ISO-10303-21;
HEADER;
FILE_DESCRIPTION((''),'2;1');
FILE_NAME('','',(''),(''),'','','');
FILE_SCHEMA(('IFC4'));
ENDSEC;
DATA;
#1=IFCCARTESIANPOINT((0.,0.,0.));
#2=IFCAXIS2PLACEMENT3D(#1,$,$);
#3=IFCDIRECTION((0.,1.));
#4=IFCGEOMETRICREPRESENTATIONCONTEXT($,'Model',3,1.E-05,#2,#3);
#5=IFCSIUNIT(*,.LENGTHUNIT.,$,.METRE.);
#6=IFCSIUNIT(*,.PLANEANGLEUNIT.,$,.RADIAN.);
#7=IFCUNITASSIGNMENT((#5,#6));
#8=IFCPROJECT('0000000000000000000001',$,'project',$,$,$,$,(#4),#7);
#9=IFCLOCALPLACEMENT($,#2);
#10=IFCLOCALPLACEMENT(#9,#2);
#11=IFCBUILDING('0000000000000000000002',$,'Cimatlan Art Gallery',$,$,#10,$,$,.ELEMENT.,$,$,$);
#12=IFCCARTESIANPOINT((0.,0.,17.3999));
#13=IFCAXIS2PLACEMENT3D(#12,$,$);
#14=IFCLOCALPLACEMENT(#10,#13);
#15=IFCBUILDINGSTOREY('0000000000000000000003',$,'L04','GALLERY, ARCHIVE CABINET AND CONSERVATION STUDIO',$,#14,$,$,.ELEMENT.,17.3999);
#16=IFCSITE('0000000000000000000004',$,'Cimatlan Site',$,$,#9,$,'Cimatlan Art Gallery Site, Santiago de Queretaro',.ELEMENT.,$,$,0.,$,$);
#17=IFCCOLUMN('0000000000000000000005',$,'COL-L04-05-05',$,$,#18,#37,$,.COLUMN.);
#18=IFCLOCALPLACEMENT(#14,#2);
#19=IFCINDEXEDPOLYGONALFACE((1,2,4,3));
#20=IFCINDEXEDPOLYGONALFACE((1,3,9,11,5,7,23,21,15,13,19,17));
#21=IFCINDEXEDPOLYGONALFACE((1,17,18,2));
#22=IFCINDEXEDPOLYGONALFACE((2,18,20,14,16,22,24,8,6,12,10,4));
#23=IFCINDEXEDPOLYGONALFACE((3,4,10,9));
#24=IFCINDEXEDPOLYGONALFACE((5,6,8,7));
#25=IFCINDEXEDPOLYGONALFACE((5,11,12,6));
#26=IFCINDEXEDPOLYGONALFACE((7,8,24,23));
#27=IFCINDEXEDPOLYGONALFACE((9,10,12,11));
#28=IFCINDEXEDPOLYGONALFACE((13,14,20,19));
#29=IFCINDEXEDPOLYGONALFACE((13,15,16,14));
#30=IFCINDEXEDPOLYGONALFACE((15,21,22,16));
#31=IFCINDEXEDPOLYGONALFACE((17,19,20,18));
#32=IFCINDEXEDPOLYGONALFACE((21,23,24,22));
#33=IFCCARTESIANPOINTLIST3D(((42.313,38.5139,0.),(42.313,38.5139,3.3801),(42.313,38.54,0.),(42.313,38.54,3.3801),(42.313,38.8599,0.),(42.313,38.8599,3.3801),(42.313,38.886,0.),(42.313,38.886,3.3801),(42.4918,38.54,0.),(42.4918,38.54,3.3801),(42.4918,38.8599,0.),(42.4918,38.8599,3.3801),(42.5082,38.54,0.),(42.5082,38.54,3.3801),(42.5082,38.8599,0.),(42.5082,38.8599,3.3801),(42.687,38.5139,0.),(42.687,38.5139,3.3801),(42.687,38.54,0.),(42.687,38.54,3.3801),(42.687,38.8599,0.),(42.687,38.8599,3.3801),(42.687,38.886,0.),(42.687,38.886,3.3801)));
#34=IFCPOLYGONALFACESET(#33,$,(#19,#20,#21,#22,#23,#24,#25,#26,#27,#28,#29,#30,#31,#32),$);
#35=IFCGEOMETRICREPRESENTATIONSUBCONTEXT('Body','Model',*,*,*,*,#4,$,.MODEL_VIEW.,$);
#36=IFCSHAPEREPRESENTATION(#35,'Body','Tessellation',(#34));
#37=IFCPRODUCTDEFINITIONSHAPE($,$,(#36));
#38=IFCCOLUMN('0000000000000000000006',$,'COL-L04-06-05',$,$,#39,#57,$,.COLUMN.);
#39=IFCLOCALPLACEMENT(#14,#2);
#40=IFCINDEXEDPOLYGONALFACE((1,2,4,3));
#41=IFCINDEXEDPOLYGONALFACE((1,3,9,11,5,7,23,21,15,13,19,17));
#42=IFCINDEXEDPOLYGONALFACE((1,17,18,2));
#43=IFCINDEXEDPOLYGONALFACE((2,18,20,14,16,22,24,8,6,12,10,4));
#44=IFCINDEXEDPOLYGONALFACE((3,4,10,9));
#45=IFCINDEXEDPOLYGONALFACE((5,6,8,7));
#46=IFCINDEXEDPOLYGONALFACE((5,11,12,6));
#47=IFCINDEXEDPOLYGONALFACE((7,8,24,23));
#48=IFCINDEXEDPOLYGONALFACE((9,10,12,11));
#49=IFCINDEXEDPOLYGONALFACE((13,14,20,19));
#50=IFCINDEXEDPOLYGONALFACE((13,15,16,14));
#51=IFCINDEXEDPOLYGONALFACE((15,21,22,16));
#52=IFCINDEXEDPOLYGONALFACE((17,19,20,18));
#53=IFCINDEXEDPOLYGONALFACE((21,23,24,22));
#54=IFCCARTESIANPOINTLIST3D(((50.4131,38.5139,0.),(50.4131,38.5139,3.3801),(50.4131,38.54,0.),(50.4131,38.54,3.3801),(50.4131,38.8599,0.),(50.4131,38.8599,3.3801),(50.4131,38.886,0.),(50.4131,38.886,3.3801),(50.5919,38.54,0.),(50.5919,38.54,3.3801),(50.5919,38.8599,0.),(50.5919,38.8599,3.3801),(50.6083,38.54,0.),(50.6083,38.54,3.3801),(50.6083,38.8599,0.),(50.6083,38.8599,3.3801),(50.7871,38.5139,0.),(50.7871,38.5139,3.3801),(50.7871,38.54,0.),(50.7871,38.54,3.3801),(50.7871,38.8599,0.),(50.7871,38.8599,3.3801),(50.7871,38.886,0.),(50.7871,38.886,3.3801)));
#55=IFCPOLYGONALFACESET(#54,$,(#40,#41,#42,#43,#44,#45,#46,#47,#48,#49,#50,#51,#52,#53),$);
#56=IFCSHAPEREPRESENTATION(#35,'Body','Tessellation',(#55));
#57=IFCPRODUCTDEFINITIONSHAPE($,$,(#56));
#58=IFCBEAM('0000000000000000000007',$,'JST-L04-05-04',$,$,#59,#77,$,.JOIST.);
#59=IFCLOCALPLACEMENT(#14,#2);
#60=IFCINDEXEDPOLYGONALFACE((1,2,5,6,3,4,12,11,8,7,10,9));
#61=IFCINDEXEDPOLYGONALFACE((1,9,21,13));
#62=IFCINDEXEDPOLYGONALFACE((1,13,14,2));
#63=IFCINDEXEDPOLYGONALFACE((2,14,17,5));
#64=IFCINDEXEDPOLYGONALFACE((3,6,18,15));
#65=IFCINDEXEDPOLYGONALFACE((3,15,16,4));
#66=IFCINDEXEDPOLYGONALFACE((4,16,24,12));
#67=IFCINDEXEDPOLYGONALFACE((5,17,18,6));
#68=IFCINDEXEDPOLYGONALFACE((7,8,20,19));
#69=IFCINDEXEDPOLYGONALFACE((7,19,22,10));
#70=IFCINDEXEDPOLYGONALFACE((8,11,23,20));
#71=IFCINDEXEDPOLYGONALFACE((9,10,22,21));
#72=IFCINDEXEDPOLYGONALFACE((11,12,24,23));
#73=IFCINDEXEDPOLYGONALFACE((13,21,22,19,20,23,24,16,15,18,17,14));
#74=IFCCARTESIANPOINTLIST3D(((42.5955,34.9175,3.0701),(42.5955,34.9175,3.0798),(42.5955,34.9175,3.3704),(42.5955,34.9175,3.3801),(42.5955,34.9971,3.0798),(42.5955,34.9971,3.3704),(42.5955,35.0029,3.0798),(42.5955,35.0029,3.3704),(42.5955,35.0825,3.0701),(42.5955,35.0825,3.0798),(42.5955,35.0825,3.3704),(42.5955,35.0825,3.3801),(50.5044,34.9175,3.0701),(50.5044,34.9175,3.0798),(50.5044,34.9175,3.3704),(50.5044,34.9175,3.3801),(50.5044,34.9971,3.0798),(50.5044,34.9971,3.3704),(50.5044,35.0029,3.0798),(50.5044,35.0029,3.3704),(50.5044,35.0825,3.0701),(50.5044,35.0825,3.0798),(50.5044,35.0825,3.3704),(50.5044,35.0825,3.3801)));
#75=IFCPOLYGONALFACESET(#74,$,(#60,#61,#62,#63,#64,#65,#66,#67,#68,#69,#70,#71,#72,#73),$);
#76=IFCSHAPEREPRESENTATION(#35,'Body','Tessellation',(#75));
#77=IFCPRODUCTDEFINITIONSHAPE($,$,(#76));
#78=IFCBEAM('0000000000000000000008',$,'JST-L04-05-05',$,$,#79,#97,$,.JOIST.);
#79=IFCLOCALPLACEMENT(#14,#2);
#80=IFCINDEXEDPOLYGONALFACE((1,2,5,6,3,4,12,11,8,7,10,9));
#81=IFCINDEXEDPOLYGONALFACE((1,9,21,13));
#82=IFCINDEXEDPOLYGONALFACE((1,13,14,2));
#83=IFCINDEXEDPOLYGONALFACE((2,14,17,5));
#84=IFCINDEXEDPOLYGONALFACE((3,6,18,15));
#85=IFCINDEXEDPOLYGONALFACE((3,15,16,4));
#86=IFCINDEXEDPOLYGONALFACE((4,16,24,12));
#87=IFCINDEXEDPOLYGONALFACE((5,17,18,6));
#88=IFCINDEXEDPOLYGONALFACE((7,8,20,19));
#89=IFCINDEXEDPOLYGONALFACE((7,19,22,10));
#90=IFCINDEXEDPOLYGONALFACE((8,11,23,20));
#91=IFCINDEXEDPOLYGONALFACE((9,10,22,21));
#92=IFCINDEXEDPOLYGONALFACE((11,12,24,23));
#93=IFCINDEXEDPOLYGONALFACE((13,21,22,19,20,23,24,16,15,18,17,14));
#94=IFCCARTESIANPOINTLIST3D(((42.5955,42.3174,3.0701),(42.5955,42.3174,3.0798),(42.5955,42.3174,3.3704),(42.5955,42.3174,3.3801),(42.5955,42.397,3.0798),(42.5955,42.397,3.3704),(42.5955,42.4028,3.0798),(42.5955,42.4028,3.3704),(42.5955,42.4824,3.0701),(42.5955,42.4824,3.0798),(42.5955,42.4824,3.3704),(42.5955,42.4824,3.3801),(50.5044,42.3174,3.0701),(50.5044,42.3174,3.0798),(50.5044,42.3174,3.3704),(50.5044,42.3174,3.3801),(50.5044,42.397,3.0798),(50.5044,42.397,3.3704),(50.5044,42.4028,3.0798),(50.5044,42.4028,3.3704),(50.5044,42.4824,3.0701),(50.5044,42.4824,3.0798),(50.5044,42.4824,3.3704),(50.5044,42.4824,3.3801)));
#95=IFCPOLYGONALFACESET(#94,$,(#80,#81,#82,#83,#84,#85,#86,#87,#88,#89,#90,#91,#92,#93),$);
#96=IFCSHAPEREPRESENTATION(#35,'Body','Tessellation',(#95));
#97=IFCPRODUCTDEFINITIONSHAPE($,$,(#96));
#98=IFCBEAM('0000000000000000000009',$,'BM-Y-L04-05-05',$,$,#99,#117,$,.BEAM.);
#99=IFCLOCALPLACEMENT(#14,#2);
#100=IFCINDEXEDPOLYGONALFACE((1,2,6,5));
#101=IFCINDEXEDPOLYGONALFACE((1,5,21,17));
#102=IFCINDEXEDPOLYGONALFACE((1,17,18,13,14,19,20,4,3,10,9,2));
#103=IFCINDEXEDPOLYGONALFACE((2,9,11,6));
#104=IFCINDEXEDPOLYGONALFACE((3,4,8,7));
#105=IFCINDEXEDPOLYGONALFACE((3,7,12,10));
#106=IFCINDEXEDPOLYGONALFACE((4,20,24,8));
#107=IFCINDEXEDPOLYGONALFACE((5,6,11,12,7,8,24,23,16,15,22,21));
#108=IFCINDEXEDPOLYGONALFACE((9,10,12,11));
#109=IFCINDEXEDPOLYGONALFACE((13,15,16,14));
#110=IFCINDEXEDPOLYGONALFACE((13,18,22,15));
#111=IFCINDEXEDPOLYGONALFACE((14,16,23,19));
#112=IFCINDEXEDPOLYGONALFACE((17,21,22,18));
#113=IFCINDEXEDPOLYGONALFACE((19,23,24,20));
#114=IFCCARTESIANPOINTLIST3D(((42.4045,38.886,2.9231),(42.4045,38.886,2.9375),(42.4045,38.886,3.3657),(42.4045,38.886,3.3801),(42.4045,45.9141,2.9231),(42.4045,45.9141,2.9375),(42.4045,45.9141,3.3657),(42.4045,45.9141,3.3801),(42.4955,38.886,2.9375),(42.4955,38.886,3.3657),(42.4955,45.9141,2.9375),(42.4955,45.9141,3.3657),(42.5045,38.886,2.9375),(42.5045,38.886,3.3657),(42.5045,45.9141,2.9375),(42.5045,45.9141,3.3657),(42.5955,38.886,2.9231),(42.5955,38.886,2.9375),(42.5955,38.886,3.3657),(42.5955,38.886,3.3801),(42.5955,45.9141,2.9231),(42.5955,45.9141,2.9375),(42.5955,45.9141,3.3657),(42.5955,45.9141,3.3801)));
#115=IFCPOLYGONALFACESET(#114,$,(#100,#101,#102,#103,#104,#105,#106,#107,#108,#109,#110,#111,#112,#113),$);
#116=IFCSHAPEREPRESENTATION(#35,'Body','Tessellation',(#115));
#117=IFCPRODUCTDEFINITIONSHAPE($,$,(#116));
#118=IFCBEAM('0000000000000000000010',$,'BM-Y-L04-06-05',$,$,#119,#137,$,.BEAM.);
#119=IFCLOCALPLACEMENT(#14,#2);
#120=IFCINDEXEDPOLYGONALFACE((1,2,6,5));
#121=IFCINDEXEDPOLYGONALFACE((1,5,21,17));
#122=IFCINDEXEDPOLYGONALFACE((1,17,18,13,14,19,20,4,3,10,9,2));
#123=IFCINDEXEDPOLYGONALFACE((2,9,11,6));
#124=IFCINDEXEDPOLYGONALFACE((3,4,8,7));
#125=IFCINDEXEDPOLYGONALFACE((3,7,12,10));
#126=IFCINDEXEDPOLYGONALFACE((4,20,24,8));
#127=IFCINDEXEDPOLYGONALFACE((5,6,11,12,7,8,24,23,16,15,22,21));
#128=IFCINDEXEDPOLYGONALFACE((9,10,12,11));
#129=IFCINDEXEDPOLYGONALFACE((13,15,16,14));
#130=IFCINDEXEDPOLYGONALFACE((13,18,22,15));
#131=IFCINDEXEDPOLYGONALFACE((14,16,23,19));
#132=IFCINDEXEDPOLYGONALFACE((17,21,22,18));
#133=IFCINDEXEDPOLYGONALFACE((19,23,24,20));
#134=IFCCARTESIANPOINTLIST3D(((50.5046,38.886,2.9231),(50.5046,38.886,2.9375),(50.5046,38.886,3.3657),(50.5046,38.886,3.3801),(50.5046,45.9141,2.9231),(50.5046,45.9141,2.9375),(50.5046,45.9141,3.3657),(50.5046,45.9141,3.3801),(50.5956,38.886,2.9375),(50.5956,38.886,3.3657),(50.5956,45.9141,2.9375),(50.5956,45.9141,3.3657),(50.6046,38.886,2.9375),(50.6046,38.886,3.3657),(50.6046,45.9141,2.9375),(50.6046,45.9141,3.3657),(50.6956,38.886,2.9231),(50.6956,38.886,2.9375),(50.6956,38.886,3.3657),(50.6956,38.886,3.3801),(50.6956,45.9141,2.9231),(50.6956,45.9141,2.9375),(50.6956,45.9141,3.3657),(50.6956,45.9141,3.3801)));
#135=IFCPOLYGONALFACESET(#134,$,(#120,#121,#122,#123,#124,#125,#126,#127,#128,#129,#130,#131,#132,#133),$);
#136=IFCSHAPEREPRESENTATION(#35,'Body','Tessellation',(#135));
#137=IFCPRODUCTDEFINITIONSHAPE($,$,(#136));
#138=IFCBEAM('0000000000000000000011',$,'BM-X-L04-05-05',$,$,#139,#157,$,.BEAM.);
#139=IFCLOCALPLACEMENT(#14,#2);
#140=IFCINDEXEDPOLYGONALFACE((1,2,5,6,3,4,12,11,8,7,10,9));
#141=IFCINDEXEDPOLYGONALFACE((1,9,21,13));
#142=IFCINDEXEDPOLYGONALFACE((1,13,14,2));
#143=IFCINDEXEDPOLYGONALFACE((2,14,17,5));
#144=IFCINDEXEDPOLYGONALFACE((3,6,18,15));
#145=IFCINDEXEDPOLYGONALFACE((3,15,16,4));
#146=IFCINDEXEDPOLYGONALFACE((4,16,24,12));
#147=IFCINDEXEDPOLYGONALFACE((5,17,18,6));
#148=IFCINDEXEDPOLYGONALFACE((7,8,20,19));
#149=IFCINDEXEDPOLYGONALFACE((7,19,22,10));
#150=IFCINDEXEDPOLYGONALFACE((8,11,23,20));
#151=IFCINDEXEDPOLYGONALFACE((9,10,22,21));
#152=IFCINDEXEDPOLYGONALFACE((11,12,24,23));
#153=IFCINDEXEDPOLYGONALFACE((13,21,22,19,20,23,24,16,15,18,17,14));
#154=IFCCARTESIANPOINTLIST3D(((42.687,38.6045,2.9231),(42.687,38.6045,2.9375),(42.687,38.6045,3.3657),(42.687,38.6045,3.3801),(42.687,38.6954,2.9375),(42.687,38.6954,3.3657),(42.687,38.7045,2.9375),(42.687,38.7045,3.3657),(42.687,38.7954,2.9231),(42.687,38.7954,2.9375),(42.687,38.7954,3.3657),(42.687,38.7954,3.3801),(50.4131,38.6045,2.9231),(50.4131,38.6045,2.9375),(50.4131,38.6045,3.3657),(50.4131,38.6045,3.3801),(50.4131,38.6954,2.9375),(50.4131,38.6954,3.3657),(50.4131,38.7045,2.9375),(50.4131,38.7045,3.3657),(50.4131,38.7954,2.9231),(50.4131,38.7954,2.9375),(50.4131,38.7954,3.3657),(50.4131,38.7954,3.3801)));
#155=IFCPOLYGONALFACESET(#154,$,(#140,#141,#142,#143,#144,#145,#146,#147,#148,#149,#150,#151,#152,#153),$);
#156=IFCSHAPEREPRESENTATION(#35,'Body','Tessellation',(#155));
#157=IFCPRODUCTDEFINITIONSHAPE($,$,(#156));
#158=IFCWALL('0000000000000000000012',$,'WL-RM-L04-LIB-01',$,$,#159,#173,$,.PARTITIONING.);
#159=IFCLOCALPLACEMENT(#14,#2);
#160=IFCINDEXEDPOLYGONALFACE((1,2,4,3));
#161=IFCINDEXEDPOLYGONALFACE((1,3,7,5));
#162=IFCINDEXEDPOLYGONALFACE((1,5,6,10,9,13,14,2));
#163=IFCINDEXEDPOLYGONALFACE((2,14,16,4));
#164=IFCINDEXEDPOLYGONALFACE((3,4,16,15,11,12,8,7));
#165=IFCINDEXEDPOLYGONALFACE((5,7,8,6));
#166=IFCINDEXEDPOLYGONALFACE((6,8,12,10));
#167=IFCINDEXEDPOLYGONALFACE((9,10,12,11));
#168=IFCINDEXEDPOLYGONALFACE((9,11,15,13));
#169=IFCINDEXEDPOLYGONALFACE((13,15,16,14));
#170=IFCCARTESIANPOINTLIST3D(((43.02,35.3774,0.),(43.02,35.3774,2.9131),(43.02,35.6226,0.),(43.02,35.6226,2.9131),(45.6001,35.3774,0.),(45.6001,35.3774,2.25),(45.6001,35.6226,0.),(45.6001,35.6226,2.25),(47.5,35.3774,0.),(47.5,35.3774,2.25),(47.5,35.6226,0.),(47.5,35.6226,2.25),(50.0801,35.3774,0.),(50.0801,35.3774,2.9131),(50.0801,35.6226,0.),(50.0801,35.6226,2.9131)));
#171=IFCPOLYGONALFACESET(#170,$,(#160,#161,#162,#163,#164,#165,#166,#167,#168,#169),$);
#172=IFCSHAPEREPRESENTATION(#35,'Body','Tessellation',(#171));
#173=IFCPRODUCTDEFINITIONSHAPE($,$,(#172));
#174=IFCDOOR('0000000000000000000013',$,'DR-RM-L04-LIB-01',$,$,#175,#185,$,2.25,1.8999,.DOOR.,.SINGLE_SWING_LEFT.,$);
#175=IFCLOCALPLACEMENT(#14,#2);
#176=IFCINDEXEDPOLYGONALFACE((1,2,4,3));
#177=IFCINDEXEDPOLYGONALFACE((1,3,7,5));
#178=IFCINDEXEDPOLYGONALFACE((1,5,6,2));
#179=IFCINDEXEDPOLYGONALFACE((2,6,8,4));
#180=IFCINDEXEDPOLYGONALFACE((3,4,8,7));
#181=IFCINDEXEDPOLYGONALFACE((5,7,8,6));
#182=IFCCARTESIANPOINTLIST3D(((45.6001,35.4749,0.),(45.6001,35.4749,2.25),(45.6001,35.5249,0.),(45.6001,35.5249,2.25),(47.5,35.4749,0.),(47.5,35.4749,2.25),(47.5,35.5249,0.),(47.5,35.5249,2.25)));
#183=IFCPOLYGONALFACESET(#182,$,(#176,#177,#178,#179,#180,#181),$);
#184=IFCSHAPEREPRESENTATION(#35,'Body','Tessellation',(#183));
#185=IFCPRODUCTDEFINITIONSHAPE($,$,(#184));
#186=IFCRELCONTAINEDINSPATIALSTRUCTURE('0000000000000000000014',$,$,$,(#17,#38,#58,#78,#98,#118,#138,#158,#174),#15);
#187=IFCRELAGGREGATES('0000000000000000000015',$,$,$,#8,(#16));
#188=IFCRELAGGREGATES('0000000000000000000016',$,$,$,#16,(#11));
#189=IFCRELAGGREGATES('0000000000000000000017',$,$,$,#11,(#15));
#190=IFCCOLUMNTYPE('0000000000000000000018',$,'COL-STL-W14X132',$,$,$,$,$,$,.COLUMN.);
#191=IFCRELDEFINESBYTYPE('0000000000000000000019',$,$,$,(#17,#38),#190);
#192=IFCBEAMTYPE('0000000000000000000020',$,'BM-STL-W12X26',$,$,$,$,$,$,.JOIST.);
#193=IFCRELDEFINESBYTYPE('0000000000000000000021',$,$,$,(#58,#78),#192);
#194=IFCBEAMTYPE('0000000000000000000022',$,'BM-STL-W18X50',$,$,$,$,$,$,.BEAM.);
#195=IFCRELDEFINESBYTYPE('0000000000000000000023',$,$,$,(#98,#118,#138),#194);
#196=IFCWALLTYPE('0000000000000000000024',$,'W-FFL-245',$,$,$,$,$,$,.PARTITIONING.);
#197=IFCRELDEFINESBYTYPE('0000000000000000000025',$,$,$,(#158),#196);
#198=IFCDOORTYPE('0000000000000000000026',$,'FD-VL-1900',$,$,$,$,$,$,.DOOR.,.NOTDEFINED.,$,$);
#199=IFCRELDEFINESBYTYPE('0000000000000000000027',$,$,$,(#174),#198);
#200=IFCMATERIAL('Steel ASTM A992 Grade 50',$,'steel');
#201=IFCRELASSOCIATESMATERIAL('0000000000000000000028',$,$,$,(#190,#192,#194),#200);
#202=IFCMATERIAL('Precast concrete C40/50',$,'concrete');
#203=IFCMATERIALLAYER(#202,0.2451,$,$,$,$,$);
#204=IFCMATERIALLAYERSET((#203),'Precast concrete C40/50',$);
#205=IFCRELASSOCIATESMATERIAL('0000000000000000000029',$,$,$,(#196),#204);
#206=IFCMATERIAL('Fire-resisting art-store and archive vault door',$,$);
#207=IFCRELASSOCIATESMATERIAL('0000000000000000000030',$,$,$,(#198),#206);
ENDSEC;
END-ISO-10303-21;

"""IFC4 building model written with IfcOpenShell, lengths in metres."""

from ifc_helpers import new_model, si_unit, direction, frame, frame_2d, origin, origin_2d, place, context, subcontext, project, spatial, rectangle, i_section, extrude, material, layer, layer_set, material_profile, profile_set, type_object, element, fill, save


model = new_model("IFC4")

# Units and contexts
model_context = context("Model", 3, precision=1e-05, world=origin(), true_north=direction((0.0, 1.0)))
body_context = subcontext(model_context, "Body", "Model", "MODEL_VIEW")
ifc_project = project(units=[si_unit("LENGTHUNIT", "METRE"), si_unit("PLANEANGLEUNIT", "RADIAN")], contexts=[model_context])

# Site, building, storey
site_placement = place(None, origin())
site = spatial("IfcSite", under=ifc_project, at=site_placement, Name="Cimatlan Site", LongName="Cimatlan Art Gallery Site, Santiago de Queretaro", CompositionType="ELEMENT", RefElevation=0.0)
building_placement = place(site_placement, origin())
building = spatial("IfcBuilding", under=site, at=building_placement, Name="Cimatlan Art Gallery", CompositionType="ELEMENT")
storey_placement = place(building_placement, frame((0.0, 0.0, 17.3999)))
storey = spatial("IfcBuildingStorey", under=building, at=storey_placement, Name="L04", Description="GALLERY, ARCHIVE CABINET AND CONSERVATION STUDIO", CompositionType="ELEMENT", Elevation=17.3999)

# Columns
ifc_material_1 = material(Name="Steel ASTM A992 Grade 50", Category="steel")
ifc_material_profile_1 = material_profile(ifc_material_1, i_section(OverallWidth=0.374, OverallDepth=0.3721, WebThickness=0.0164, FlangeThickness=0.0261, at=origin_2d()), Name="W14X132")
ifc_profile_set_1 = profile_set([ifc_material_profile_1], Name="Steel ASTM A992 Grade 50")
column_type = type_object("IfcColumnType", Name="COL-STL-W14X132", PredefinedType="COLUMN", material=ifc_profile_set_1)
for number, where, z_axis, x_axis, name in (
    (1, (42.5, 38.7, 0.0), (0.0, 0.0, 1.0), (1.0, 0.0, 0.0), "COL-L04-05-05"),
    (2, (50.6001, 38.7, 0.0), (0.0, 0.0, 1.0), (1.0, 0.0, 0.0), "COL-L04-06-05"),
):
    element("IfcColumn", number, at=place(storey_placement, frame(where, z_axis=z_axis, x_axis=x_axis)), inside=storey, type_object=column_type, Name=name, PredefinedType="COLUMN", context=body_context, shape_type="SweptSolid", body=[
        extrude(i_section(OverallWidth=0.374, OverallDepth=0.3721, WebThickness=0.0164, FlangeThickness=0.0261, at=origin_2d()), origin(), (0.0, 0.0, 1.0), 3.3801),
    ])

# Beams
ifc_material_profile_2 = material_profile(ifc_material_1, i_section(OverallWidth=0.165, OverallDepth=0.3101, WebThickness=0.0059, FlangeThickness=0.0098, at=origin_2d()), Name="W12X26")
ifc_profile_set_2 = profile_set([ifc_material_profile_2], Name="Steel ASTM A992 Grade 50")
beam_type_1 = type_object("IfcBeamType", Name="BM-STL-W12X26", PredefinedType="JOIST", material=ifc_profile_set_2)
for number, where, z_axis, x_axis, name in (
    (3, (42.5955, 35.0, 3.2251), (1.0, 0.0, 0.0), (0.0, 1.0, 0.0), "JST-L04-05-04"),
    (4, (42.5955, 42.3999, 3.2251), (1.0, 0.0, 0.0), (0.0, 1.0, 0.0), "JST-L04-05-05"),
):
    element("IfcBeam", number, at=place(storey_placement, frame(where, z_axis=z_axis, x_axis=x_axis)), inside=storey, type_object=beam_type_1, Name=name, PredefinedType="JOIST", context=body_context, shape_type="SweptSolid", body=[
        extrude(i_section(OverallWidth=0.165, OverallDepth=0.3101, WebThickness=0.0059, FlangeThickness=0.0098, at=origin_2d()), origin(), (0.0, 0.0, 1.0), 7.9089),
    ])
ifc_material_profile_3 = material_profile(ifc_material_1, i_section(OverallWidth=0.1909, OverallDepth=0.457, WebThickness=0.009, FlangeThickness=0.0144, at=origin_2d()), Name="W18X50")
ifc_profile_set_3 = profile_set([ifc_material_profile_3], Name="Steel ASTM A992 Grade 50")
beam_type_2 = type_object("IfcBeamType", Name="BM-STL-W18X50", PredefinedType="BEAM", material=ifc_profile_set_3)
for number, where, z_axis, x_axis, name in (
    (5, (42.5, 38.886, 3.1516), (0.0, 1.0, 0.0), (-1.0, 0.0, 0.0), "BM-Y-L04-05-05"),
    (6, (50.6001, 38.886, 3.1516), (0.0, 1.0, 0.0), (-1.0, 0.0, 0.0), "BM-Y-L04-06-05"),
):
    element("IfcBeam", number, at=place(storey_placement, frame(where, z_axis=z_axis, x_axis=x_axis)), inside=storey, type_object=beam_type_2, Name=name, PredefinedType="BEAM", context=body_context, shape_type="SweptSolid", body=[
        extrude(i_section(OverallWidth=0.1909, OverallDepth=0.457, WebThickness=0.009, FlangeThickness=0.0144, at=origin_2d()), origin(), (0.0, 0.0, 1.0), 7.0281),
    ])
beam_placement = place(storey_placement, frame((42.687, 38.7, 3.1516), z_axis=(1.0, 0.0, 0.0), x_axis=(0.0, 1.0, 0.0)))
element("IfcBeam", 7, at=beam_placement, inside=storey, type_object=beam_type_2, Name="BM-X-L04-05-05", PredefinedType="BEAM", context=body_context, shape_type="SweptSolid", body=[
    extrude(i_section(OverallWidth=0.1909, OverallDepth=0.457, WebThickness=0.009, FlangeThickness=0.0144, at=origin_2d()), origin(), (0.0, 0.0, 1.0), 7.7261),
])

# Wall, opening, door
ifc_material_2 = material(Name="Precast concrete C40/50", Category="concrete")
ifc_layer_1 = layer(ifc_material_2, 0.2451)
ifc_layer_set_1 = layer_set([ifc_layer_1], Name="Precast concrete C40/50")
wall_type_1 = type_object("IfcWallType", Name="W-FFL-245", PredefinedType="PARTITIONING", material=ifc_layer_set_1)
wall_1_placement = place(storey_placement, frame((43.02, 35.5, 0.0), z_axis=(0.0, 0.0, 1.0), x_axis=(1.0, 0.0, 0.0)))
wall_1 = element("IfcWall", 8, at=wall_1_placement, inside=storey, type_object=wall_type_1, Name="WL-RM-L04-LIB-01", PredefinedType="PARTITIONING", context=body_context, shape_type="SweptSolid", body=[
    extrude(rectangle(XDim=7.0601, YDim=0.2451, at=frame_2d((3.53, 0.0))), origin(), (0.0, 0.0, 1.0), 2.9131),
])
opening_1_placement = place(wall_1_placement, frame((2.5801, 0.0, 0.0)))
opening_1 = element("IfcOpeningElement", 9, at=opening_1_placement, cuts=wall_1, PredefinedType="OPENING", context=body_context, shape_type="SweptSolid", body=[
    extrude(rectangle(XDim=1.8999, YDim=2.25, at=frame_2d((0.95, 1.125))), frame((0.0, 0.1326, 0.0), z_axis=(0.0, -1.0, 0.0), x_axis=(1.0, 0.0, 0.0)), (0.0, 0.0, 1.0), 0.2651),
])
ifc_material_3 = material(Name="Fire-resisting art-store and archive vault door")
door_type_1 = type_object("IfcDoorType", Name="FD-VL-1900", OperationType="NOTDEFINED", PredefinedType="DOOR", material=ifc_material_3)
door_1_placement = place(opening_1_placement, origin())
door_1 = element("IfcDoor", 10, at=door_1_placement, inside=storey, type_object=door_type_1, Name="DR-RM-L04-LIB-01", OperationType="SINGLE_SWING_LEFT", OverallHeight=2.25, OverallWidth=1.8999, PredefinedType="DOOR", context=body_context, shape_type="SweptSolid", body=[
    extrude(rectangle(XDim=1.8999, YDim=2.25, at=frame_2d((0.95, 1.125))), frame((0.0, 0.0249, 0.0), z_axis=(0.0, -1.0, 0.0), x_axis=(1.0, 0.0, 0.0)), (0.0, 0.0, 1.0), 0.05),
])
fill(opening_1, door_1)

save(model, "model.ifc")
